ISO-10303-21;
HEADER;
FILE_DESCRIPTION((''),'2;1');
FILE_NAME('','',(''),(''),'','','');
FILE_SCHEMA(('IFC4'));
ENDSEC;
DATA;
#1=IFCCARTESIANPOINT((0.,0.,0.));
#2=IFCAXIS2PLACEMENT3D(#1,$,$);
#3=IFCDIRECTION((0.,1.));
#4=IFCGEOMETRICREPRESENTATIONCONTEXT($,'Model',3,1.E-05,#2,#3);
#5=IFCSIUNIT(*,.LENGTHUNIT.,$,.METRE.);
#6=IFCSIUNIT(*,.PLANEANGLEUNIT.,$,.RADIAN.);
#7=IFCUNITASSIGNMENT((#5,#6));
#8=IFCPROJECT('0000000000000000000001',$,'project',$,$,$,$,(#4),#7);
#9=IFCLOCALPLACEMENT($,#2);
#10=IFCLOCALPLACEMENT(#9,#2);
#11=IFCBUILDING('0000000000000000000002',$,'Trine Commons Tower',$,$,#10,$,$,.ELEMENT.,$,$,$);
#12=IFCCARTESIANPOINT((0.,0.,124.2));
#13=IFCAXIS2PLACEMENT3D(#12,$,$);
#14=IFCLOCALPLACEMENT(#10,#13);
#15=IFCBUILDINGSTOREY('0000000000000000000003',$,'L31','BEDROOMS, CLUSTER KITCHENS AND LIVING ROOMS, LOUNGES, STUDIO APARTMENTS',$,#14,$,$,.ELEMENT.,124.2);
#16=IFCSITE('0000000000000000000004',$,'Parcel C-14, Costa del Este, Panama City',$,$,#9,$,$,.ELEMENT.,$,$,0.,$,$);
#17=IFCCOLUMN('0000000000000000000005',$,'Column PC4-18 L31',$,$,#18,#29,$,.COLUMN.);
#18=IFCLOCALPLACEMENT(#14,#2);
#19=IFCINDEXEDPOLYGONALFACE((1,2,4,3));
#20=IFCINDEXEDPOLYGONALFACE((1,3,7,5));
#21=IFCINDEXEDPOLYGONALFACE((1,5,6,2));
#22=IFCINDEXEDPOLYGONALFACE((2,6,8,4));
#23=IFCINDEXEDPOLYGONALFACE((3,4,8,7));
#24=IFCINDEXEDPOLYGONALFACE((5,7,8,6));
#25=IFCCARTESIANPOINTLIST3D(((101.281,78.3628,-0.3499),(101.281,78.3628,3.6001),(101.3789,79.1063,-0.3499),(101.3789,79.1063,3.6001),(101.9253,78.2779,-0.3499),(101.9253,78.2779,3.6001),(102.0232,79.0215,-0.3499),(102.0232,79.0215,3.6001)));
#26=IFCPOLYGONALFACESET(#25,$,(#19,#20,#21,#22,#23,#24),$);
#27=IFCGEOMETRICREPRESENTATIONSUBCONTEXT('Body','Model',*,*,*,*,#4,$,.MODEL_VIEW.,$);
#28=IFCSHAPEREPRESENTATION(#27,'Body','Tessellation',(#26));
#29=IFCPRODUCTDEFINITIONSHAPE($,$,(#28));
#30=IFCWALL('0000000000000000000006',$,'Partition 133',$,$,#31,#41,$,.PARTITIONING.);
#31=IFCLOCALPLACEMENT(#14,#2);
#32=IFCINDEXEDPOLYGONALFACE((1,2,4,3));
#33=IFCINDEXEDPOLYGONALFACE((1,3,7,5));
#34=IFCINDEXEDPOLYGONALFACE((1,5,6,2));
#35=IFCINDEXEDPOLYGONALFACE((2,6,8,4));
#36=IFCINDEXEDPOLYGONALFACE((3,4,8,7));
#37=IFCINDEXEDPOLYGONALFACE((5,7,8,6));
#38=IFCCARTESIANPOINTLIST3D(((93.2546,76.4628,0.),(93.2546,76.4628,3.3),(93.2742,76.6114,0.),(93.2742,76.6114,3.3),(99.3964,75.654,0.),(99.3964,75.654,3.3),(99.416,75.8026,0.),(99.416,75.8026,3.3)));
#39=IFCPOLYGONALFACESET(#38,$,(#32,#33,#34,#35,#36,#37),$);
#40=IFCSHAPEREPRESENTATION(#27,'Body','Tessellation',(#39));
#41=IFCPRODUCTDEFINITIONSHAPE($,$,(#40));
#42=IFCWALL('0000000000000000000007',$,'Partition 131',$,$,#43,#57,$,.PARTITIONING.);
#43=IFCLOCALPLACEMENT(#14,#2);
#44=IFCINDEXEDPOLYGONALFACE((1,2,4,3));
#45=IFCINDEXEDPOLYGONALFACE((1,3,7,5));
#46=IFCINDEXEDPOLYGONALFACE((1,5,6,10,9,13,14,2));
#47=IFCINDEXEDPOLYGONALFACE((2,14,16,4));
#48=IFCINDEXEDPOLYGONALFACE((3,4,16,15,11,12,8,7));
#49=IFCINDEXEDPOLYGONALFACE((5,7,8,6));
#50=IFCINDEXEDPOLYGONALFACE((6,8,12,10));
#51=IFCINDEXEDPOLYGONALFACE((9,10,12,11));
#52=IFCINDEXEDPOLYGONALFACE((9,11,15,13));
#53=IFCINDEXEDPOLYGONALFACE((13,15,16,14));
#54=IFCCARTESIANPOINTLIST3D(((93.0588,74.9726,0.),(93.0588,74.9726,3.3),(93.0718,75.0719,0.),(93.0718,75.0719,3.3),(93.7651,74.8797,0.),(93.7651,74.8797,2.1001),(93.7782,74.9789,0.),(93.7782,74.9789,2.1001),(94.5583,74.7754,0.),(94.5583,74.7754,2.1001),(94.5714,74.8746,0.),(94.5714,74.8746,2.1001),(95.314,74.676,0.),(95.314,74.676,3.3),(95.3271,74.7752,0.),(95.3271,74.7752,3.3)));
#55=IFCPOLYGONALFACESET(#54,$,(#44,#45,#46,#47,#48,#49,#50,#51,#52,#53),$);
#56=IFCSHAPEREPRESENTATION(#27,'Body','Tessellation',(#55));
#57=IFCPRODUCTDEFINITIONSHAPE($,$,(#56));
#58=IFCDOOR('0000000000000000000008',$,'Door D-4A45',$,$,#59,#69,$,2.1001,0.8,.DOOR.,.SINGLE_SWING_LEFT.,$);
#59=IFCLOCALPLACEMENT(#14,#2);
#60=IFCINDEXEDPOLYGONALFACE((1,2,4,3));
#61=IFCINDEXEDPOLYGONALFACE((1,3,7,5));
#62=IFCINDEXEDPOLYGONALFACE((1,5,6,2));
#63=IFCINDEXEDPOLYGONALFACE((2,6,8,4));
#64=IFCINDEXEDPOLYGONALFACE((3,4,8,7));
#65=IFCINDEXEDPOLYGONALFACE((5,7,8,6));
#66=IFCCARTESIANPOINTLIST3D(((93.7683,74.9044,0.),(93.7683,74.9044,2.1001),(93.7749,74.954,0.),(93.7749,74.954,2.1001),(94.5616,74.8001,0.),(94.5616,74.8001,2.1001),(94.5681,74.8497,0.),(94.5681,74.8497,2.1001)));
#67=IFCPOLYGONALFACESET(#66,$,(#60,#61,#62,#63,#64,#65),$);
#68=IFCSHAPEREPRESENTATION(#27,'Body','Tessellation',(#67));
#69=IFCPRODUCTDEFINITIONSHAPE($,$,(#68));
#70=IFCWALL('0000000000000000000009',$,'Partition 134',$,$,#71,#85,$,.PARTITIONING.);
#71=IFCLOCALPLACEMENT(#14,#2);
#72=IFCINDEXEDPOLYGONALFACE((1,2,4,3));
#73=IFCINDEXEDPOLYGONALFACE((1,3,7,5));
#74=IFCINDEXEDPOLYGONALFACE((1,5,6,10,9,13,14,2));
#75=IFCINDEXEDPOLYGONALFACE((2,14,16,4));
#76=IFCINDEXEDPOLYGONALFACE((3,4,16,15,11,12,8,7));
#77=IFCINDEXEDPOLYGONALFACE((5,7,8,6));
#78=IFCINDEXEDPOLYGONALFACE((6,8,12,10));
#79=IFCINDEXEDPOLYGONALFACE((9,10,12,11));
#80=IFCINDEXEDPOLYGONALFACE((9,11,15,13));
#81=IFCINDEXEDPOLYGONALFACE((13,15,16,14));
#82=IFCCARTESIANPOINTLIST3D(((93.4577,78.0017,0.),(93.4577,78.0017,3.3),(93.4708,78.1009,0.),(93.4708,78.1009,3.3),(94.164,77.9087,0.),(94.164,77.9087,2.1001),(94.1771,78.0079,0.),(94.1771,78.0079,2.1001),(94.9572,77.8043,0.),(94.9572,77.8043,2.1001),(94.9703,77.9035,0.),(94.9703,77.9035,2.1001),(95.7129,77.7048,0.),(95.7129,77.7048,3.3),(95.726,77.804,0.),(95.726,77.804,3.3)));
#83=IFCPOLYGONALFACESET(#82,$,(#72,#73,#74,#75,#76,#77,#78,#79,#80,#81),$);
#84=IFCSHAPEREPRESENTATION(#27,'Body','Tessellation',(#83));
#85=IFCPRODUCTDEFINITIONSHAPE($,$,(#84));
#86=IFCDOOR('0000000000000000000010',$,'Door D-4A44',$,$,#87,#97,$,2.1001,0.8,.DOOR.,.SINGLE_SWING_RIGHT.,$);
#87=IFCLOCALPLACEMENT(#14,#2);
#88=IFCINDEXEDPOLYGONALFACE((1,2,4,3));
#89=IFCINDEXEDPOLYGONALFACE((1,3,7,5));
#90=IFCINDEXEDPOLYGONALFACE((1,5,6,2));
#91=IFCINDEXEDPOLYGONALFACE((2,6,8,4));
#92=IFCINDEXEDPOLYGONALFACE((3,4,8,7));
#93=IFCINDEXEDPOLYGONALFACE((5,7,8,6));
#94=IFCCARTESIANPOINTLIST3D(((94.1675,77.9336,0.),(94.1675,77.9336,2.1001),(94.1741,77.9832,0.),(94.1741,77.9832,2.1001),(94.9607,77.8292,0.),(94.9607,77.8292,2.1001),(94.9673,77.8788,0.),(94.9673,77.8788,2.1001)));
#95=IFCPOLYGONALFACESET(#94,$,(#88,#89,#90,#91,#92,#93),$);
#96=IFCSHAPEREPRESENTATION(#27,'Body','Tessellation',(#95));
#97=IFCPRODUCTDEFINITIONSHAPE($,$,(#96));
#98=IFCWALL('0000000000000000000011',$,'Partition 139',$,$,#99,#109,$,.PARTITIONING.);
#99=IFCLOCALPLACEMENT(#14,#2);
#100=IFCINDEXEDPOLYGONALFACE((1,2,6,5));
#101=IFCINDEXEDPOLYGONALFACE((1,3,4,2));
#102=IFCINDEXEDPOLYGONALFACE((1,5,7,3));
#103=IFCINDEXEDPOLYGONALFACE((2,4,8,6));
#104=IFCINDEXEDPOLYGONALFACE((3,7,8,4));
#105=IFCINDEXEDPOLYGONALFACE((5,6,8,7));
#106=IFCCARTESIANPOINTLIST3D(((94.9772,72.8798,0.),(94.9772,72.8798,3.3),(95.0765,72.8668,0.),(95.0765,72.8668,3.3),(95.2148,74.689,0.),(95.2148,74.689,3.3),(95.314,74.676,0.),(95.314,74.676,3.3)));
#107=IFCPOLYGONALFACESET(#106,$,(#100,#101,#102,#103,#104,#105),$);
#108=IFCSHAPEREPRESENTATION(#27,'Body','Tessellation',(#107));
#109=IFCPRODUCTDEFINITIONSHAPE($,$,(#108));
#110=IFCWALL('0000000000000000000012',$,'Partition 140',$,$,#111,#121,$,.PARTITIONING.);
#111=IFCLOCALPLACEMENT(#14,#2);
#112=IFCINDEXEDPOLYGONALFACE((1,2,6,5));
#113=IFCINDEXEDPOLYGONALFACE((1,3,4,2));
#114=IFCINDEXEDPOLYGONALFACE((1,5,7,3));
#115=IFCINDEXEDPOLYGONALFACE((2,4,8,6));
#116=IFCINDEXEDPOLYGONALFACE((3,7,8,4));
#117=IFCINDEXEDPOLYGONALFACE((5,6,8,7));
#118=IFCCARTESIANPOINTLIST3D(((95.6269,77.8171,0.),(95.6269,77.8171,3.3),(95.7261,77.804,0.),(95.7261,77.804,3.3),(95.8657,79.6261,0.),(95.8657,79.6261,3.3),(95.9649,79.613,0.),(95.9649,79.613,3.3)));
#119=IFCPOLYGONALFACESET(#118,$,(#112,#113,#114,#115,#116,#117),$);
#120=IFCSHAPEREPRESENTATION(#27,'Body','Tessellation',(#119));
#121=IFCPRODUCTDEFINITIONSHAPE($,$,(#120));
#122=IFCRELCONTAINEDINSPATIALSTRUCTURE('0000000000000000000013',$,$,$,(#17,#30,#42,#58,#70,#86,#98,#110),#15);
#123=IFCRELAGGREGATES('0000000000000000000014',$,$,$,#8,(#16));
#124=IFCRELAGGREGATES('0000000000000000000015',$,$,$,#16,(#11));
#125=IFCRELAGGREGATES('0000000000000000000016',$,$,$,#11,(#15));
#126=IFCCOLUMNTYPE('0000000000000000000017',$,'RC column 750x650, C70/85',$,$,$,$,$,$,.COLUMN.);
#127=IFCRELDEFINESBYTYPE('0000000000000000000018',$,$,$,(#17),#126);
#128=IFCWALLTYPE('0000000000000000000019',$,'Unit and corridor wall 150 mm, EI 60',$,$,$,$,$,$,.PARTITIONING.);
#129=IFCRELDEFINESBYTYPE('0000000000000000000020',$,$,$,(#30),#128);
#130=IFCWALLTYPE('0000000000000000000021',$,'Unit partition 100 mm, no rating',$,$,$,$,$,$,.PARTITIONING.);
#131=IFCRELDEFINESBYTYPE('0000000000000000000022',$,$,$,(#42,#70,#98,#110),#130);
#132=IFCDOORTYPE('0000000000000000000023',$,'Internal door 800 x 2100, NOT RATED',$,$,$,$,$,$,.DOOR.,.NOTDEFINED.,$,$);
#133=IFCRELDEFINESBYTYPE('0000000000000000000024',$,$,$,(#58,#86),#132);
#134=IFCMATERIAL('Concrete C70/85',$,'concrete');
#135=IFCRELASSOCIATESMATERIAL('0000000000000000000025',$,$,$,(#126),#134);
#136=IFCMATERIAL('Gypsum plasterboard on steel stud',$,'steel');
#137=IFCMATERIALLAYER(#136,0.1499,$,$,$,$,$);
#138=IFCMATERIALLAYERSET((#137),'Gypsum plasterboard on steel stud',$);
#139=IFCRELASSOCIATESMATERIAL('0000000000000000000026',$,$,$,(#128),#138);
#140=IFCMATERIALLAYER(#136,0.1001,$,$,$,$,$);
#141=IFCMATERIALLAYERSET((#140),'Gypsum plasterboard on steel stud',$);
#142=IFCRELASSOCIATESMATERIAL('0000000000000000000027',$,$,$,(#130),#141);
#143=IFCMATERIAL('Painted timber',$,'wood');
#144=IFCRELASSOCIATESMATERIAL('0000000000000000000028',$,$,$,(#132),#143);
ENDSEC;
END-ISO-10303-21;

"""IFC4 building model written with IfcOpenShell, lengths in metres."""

from ifc_helpers import new_model, si_unit, direction, frame, frame_2d, origin, origin_2d, place, context, subcontext, project, spatial, rectangle, extrude, material, layer, layer_set, material_profile, profile_set, type_object, element, fill, save


model = new_model("IFC4")

# Units and contexts
model_context = context("Model", 3, precision=1e-05, world=origin(), true_north=direction((0.0, 1.0)))
body_context = subcontext(model_context, "Body", "Model", "MODEL_VIEW")
ifc_project = project(units=[si_unit("LENGTHUNIT", "METRE"), si_unit("PLANEANGLEUNIT", "RADIAN")], contexts=[model_context])

# Site, building, storey
site_placement = place(None, origin())
site = spatial("IfcSite", under=ifc_project, at=site_placement, Name="Parcel C-14, Costa del Este, Panama City", CompositionType="ELEMENT", RefElevation=0.0)
building_placement = place(site_placement, origin())
building = spatial("IfcBuilding", under=site, at=building_placement, Name="Trine Commons Tower", CompositionType="ELEMENT")
storey_placement = place(building_placement, frame((0.0, 0.0, 124.2)))
storey = spatial("IfcBuildingStorey", under=building, at=storey_placement, Name="L31", Description="BEDROOMS, CLUSTER KITCHENS AND LIVING ROOMS, LOUNGES, STUDIO APARTMENTS", CompositionType="ELEMENT", Elevation=124.2)

# Column
ifc_material_1 = material(Name="Concrete C70/85", Category="concrete")
ifc_material_profile = material_profile(ifc_material_1, rectangle(XDim=0.75, YDim=0.6499, at=origin_2d()), Name="RC 750x650")
ifc_profile_set = profile_set([ifc_material_profile], Name="Concrete C70/85")
column_type = type_object("IfcColumnType", Name="RC column 750x650, C70/85", PredefinedType="COLUMN", material=ifc_profile_set)
column_placement = place(storey_placement, frame((101.6521, 78.6921, -0.3499), z_axis=(0.0, 0.0, 1.0), x_axis=(0.130526, 0.991445, 0.0)))
element("IfcColumn", 1, at=column_placement, inside=storey, type_object=column_type, Name="Column PC4-18 L31", PredefinedType="COLUMN", context=body_context, shape_type="SweptSolid", body=[
    extrude(rectangle(XDim=0.75, YDim=0.6499, at=origin_2d()), origin(), (0.0, 0.0, 1.0), 3.95),
])

# Wall
ifc_material_2 = material(Name="Gypsum plasterboard on steel stud", Category="steel")
ifc_layer_1 = layer(ifc_material_2, 0.1499)
ifc_layer_set_1 = layer_set([ifc_layer_1], Name="Gypsum plasterboard on steel stud")
wall_type_1 = type_object("IfcWallType", Name="Unit and corridor wall 150 mm, EI 60", PredefinedType="PARTITIONING", material=ifc_layer_set_1)
wall_1_placement = place(storey_placement, frame((93.2644, 76.5371, 0.0), z_axis=(0.0, 0.0, 1.0), x_axis=(0.99144, -0.130566, 0.0)))
element("IfcWall", 2, at=wall_1_placement, inside=storey, type_object=wall_type_1, Name="Partition 133", PredefinedType="PARTITIONING", context=body_context, shape_type="SweptSolid", body=[
    extrude(rectangle(XDim=6.1948, YDim=0.1499, at=frame_2d((3.0974, 0.0))), origin(), (0.0, 0.0, 1.0), 3.3),
])

# Walls, openings, doors
ifc_layer_2 = layer(ifc_material_2, 0.1001)
ifc_layer_set_2 = layer_set([ifc_layer_2], Name="Gypsum plasterboard on steel stud")
wall_type_2 = type_object("IfcWallType", Name="Unit partition 100 mm, no rating", PredefinedType="PARTITIONING", material=ifc_layer_set_2)
wall_2_placement = place(storey_placement, frame((93.0654, 75.0222, 0.0), z_axis=(0.0, 0.0, 1.0), x_axis=(0.99146, -0.130413, 0.0)))
wall_2 = element("IfcWall", 3, at=wall_2_placement, inside=storey, type_object=wall_type_2, Name="Partition 131", PredefinedType="PARTITIONING", context=body_context, shape_type="SweptSolid", body=[
    extrude(rectangle(XDim=2.2747, YDim=0.1001, at=frame_2d((1.1372, 0.0))), origin(), (0.0, 0.0, 1.0), 3.3),
])
opening_1_placement = place(wall_2_placement, frame((0.7124, 0.0, 0.0)))
opening_1 = element("IfcOpeningElement", 4, at=opening_1_placement, cuts=wall_2, PredefinedType="OPENING", context=body_context, shape_type="SweptSolid", body=[
    extrude(rectangle(XDim=0.8, YDim=2.1001, at=frame_2d((0.3999, 1.05))), frame((0.0, 0.0601, 0.0), z_axis=(0.0, -1.0, 0.0), x_axis=(1.0, 0.0, 0.0)), (0.0, 0.0, 1.0), 0.1201),
])
ifc_material_3 = material(Name="Painted timber", Category="wood")
door_type = type_object("IfcDoorType", Name="Internal door 800 x 2100, NOT RATED", OperationType="NOTDEFINED", PredefinedType="DOOR", material=ifc_material_3)
door_1_placement = place(opening_1_placement, origin())
door_1 = element("IfcDoor", 5, at=door_1_placement, inside=storey, type_object=door_type, Name="Door D-4A45", OperationType="SINGLE_SWING_LEFT", OverallHeight=2.1001, OverallWidth=0.8, PredefinedType="DOOR", context=body_context, shape_type="SweptSolid", body=[
    extrude(rectangle(XDim=0.8, YDim=2.1001, at=frame_2d((0.3999, 1.05))), frame((0.0, 0.0249, 0.0), z_axis=(0.0, -1.0, 0.0), x_axis=(1.0, 0.0, 0.0)), (0.0, 0.0, 1.0), 0.05),
])
fill(opening_1, door_1)
wall_3_placement = place(storey_placement, frame((93.4644, 78.0513, 0.0), z_axis=(0.0, 0.0, 1.0), x_axis=(0.991446, -0.130518, 0.0)))
wall_3 = element("IfcWall", 6, at=wall_3_placement, inside=storey, type_object=wall_type_2, Name="Partition 134", PredefinedType="PARTITIONING", context=body_context, shape_type="SweptSolid", body=[
    extrude(rectangle(XDim=2.2747, YDim=0.1001, at=frame_2d((1.1372, 0.0))), origin(), (0.0, 0.0, 1.0), 3.3),
])
opening_2_placement = place(wall_3_placement, frame((0.7124, 0.0, 0.0)))
opening_2 = element("IfcOpeningElement", 7, at=opening_2_placement, cuts=wall_3, PredefinedType="OPENING", context=body_context, shape_type="SweptSolid", body=[
    extrude(rectangle(XDim=0.8, YDim=2.1001, at=frame_2d((0.3999, 1.05))), frame((0.0, 0.0601, 0.0), z_axis=(0.0, -1.0, 0.0), x_axis=(1.0, 0.0, 0.0)), (0.0, 0.0, 1.0), 0.1201),
])
door_2_placement = place(opening_2_placement, frame((0.8, 0.0, 0.0), z_axis=(0.0, 0.0, 1.0), x_axis=(-1.0, 0.0, 0.0)))
door_2 = element("IfcDoor", 8, at=door_2_placement, inside=storey, type_object=door_type, Name="Door D-4A44", OperationType="SINGLE_SWING_RIGHT", OverallHeight=2.1001, OverallWidth=0.8, PredefinedType="DOOR", context=body_context, shape_type="SweptSolid", body=[
    extrude(rectangle(XDim=0.8, YDim=2.1001, at=frame_2d((0.3999, 1.05))), frame((0.0, 0.0249, 0.0), z_axis=(0.0, -1.0, 0.0), x_axis=(1.0, 0.0, 0.0)), (0.0, 0.0, 1.0), 0.05),
])
fill(opening_2, door_2)

# Walls
for number, where, z_axis, x_axis, name in (
    (9, (95.0269, 72.8733, 0.0), (0.0, 0.0, 1.0), (0.130191, 0.991489, 0.0), "Partition 139"),
    (10, (95.6765, 77.8105, 0.0), (0.0, 0.0, 1.0), (0.130849, 0.991402, 0.0), "Partition 140"),
):
    element("IfcWall", number, at=place(storey_placement, frame(where, z_axis=z_axis, x_axis=x_axis)), inside=storey, type_object=wall_type_2, Name=name, PredefinedType="PARTITIONING", context=body_context, shape_type="SweptSolid", body=[
        extrude(rectangle(XDim=1.8247, YDim=0.1001, at=frame_2d((0.9124, 0.0))), origin(), (0.0, 0.0, 1.0), 3.3),
    ])

save(model, "model.ifc")
